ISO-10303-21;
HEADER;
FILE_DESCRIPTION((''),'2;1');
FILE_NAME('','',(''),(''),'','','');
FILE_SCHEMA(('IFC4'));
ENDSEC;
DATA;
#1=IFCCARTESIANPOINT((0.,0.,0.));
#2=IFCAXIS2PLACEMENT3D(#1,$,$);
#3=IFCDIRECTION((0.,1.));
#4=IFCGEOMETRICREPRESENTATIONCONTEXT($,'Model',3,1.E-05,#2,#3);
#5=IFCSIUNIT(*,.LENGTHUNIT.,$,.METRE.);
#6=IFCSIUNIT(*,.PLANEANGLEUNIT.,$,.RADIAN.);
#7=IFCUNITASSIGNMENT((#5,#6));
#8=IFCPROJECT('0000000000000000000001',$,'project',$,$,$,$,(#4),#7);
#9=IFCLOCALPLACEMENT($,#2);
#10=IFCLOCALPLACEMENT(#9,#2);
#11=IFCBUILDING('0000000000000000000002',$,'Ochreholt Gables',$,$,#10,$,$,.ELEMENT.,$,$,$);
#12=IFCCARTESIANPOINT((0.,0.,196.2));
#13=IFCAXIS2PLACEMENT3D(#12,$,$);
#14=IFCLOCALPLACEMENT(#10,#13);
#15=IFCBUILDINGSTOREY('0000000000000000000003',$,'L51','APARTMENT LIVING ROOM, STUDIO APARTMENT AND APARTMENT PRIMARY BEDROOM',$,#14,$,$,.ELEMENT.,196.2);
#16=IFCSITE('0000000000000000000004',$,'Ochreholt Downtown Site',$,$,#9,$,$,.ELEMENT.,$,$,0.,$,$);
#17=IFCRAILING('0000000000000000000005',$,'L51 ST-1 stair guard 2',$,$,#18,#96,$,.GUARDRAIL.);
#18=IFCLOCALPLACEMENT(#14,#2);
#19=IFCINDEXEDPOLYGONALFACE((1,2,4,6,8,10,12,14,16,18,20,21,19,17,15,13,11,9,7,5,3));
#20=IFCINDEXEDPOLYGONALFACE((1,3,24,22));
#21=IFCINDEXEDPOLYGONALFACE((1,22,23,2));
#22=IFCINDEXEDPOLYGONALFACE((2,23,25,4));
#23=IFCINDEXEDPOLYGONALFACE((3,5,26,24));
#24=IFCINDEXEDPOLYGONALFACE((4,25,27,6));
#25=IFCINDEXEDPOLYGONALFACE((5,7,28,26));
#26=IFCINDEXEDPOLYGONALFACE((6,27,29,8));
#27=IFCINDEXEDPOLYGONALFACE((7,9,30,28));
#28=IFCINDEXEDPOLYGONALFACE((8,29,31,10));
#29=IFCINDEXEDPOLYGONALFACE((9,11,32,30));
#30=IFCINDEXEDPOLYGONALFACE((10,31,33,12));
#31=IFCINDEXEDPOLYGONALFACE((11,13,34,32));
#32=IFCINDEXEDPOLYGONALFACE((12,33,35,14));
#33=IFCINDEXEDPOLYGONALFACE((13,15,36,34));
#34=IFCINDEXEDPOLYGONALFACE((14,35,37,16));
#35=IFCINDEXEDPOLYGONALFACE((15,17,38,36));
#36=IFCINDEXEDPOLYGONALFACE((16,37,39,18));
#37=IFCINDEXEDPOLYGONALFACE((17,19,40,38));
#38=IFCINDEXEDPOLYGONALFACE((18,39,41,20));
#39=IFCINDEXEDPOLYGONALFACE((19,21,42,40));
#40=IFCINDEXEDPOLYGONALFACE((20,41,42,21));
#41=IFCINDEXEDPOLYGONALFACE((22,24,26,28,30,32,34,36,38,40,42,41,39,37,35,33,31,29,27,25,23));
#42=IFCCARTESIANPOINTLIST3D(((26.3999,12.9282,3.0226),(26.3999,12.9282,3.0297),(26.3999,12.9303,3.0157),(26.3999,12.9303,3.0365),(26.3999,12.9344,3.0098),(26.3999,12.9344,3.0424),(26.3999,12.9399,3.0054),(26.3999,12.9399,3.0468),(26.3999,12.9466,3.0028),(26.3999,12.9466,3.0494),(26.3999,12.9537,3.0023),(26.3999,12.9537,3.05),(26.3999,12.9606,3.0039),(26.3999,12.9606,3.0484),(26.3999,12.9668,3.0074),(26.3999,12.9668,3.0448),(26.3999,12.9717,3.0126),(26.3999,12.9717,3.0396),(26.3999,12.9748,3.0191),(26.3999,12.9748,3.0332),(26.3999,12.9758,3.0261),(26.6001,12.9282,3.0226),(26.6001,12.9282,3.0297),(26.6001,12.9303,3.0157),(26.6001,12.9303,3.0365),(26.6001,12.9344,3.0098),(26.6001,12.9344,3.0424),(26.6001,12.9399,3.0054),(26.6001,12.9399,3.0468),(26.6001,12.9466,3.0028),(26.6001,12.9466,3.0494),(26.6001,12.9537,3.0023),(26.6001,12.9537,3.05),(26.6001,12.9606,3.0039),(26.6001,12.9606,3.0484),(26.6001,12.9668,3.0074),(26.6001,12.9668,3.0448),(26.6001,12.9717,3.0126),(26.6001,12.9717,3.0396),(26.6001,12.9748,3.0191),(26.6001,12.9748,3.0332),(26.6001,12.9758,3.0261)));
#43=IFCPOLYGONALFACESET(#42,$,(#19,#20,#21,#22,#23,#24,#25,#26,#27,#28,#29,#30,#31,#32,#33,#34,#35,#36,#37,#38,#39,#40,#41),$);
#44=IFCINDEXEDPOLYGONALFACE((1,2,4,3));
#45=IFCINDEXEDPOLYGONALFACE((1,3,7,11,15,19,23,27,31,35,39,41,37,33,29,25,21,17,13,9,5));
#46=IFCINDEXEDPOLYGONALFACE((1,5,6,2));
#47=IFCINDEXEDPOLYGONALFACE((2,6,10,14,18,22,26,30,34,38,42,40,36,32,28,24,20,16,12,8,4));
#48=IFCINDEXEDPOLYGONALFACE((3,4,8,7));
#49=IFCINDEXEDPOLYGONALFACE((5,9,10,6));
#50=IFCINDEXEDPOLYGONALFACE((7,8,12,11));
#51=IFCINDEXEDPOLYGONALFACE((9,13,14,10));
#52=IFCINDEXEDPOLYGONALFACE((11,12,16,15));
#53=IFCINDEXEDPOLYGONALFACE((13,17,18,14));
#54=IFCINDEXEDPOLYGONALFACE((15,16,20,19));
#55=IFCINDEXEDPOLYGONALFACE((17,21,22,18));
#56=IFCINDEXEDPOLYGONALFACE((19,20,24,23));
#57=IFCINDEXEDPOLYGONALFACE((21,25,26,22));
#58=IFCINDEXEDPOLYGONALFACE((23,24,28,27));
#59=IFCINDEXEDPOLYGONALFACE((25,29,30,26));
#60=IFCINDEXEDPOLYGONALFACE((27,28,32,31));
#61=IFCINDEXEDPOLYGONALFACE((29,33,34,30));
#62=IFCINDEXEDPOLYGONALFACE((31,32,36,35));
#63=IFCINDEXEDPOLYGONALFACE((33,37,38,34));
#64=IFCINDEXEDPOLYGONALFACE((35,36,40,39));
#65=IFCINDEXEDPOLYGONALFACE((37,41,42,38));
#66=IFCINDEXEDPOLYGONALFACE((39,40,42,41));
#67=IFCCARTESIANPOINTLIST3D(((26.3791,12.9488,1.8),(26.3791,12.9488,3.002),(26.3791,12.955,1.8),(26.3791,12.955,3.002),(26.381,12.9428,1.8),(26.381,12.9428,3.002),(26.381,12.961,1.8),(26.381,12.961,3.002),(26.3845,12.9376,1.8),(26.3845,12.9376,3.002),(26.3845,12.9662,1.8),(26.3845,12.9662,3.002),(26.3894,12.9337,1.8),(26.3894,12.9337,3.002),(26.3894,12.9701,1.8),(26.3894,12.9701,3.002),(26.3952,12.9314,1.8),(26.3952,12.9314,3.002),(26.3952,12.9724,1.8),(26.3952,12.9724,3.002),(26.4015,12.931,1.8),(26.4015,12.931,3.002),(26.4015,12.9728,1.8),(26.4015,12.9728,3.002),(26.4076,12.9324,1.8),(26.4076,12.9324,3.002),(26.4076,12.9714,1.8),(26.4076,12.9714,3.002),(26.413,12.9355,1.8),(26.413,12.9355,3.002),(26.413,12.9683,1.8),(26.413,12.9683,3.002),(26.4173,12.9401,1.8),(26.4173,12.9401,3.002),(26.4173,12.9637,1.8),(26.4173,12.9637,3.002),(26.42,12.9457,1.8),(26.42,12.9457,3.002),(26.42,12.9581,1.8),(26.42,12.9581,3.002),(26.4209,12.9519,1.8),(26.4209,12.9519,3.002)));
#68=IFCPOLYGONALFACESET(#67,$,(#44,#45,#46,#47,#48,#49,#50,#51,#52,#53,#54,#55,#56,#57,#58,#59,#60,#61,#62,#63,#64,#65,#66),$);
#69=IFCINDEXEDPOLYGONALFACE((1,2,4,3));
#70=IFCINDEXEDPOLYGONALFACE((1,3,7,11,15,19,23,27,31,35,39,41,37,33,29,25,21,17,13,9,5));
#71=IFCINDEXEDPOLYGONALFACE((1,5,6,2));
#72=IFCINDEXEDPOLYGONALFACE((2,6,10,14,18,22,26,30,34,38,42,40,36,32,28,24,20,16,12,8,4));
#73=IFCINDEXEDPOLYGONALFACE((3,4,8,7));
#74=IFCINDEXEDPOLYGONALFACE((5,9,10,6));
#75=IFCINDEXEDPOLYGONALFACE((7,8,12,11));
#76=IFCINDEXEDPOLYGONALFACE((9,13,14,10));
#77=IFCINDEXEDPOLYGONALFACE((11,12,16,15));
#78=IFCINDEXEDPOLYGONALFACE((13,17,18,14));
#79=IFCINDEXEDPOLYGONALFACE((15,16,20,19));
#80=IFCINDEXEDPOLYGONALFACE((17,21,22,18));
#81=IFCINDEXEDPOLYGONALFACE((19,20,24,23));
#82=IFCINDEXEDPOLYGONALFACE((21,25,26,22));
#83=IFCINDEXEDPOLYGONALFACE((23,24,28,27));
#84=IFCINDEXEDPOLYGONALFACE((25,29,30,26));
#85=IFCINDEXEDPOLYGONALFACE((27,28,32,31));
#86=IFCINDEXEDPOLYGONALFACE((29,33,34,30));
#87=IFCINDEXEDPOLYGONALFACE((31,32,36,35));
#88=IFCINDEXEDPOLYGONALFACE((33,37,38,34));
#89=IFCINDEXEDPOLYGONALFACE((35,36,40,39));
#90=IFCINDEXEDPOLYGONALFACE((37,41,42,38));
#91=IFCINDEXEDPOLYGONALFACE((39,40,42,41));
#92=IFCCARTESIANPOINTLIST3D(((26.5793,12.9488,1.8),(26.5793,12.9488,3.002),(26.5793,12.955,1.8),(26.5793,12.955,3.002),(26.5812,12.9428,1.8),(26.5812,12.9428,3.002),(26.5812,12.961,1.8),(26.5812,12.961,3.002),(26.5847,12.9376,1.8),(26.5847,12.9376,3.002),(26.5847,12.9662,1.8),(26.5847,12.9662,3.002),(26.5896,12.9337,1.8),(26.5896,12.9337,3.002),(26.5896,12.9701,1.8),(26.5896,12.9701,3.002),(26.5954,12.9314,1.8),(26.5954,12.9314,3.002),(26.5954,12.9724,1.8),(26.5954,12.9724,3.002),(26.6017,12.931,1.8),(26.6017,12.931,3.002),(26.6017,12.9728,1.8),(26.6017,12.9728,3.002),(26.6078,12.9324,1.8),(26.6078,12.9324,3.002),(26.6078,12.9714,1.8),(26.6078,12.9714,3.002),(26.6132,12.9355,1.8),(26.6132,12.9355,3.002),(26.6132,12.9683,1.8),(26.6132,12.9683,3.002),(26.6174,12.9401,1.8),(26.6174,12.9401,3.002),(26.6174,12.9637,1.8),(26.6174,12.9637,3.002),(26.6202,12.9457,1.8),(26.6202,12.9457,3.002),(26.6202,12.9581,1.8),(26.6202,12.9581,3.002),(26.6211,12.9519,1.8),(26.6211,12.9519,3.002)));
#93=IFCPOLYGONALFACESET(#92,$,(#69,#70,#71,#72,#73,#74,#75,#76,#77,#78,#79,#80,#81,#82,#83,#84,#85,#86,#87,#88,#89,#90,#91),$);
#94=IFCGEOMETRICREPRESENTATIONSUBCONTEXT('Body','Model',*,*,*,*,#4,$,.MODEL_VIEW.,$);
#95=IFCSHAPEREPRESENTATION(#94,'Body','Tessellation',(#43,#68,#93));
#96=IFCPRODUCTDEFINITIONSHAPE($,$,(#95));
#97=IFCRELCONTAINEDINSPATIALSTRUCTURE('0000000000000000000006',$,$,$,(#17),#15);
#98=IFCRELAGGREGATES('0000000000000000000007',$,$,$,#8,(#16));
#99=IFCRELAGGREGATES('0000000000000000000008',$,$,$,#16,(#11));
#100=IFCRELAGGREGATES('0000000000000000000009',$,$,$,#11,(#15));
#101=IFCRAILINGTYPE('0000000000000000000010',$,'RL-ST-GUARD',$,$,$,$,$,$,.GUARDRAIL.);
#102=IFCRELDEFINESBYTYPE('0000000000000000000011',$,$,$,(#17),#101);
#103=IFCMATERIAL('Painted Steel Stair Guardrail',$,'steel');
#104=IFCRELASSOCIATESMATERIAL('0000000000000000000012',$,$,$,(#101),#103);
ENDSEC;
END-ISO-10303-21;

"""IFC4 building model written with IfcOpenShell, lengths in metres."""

from ifc_helpers import new_model, si_unit, direction, frame, origin, origin_2d, place, context, subcontext, project, spatial, circle, extrude, material, type_object, element, save


model = new_model("IFC4")

# Units and contexts
model_context = context("Model", 3, precision=1e-05, world=origin(), true_north=direction((0.0, 1.0)))
body_context = subcontext(model_context, "Body", "Model", "MODEL_VIEW")
ifc_project = project(units=[si_unit("LENGTHUNIT", "METRE"), si_unit("PLANEANGLEUNIT", "RADIAN")], contexts=[model_context])

# Site, building, storey
site_placement = place(None, origin())
site = spatial("IfcSite", under=ifc_project, at=site_placement, Name="Ochreholt Downtown Site", CompositionType="ELEMENT", RefElevation=0.0)
building_placement = place(site_placement, origin())
building = spatial("IfcBuilding", under=site, at=building_placement, Name="Ochreholt Gables", CompositionType="ELEMENT")
storey_placement = place(building_placement, frame((0.0, 0.0, 196.2)))
storey = spatial("IfcBuildingStorey", under=building, at=storey_placement, Name="L51", Description="APARTMENT LIVING ROOM, STUDIO APARTMENT AND APARTMENT PRIMARY BEDROOM", CompositionType="ELEMENT", Elevation=196.2)

# Railing
ifc_material_1 = material(Name="Painted Steel Stair Guardrail", Category="steel")
railing_type_1 = type_object("IfcRailingType", Name="RL-ST-GUARD", PredefinedType="GUARDRAIL", material=ifc_material_1)
railing_1_placement = place(storey_placement, frame((26.3999, 12.9519, 1.8)))
element("IfcRailing", 1, at=railing_1_placement, inside=storey, type_object=railing_type_1, Name="L51 ST-1 stair guard 2", PredefinedType="GUARDRAIL", context=body_context, shape_type="SweptSolid", body=[
    extrude(circle(Radius=0.0239, at=origin_2d()), frame((0.0, 0.0, 1.2261), z_axis=(1.0, 0.0, 0.0), x_axis=(0.0, 1.0, 0.0)), (0.0, 0.0, 1.0), 0.2002),
    extrude(circle(Radius=0.021, at=origin_2d()), origin(), (0.0, 0.0, 1.0), 1.2019),
    extrude(circle(Radius=0.021, at=origin_2d()), frame((0.2002, 0.0, 0.0)), (0.0, 0.0, 1.0), 1.2019),
])

save(model, "model.ifc")
